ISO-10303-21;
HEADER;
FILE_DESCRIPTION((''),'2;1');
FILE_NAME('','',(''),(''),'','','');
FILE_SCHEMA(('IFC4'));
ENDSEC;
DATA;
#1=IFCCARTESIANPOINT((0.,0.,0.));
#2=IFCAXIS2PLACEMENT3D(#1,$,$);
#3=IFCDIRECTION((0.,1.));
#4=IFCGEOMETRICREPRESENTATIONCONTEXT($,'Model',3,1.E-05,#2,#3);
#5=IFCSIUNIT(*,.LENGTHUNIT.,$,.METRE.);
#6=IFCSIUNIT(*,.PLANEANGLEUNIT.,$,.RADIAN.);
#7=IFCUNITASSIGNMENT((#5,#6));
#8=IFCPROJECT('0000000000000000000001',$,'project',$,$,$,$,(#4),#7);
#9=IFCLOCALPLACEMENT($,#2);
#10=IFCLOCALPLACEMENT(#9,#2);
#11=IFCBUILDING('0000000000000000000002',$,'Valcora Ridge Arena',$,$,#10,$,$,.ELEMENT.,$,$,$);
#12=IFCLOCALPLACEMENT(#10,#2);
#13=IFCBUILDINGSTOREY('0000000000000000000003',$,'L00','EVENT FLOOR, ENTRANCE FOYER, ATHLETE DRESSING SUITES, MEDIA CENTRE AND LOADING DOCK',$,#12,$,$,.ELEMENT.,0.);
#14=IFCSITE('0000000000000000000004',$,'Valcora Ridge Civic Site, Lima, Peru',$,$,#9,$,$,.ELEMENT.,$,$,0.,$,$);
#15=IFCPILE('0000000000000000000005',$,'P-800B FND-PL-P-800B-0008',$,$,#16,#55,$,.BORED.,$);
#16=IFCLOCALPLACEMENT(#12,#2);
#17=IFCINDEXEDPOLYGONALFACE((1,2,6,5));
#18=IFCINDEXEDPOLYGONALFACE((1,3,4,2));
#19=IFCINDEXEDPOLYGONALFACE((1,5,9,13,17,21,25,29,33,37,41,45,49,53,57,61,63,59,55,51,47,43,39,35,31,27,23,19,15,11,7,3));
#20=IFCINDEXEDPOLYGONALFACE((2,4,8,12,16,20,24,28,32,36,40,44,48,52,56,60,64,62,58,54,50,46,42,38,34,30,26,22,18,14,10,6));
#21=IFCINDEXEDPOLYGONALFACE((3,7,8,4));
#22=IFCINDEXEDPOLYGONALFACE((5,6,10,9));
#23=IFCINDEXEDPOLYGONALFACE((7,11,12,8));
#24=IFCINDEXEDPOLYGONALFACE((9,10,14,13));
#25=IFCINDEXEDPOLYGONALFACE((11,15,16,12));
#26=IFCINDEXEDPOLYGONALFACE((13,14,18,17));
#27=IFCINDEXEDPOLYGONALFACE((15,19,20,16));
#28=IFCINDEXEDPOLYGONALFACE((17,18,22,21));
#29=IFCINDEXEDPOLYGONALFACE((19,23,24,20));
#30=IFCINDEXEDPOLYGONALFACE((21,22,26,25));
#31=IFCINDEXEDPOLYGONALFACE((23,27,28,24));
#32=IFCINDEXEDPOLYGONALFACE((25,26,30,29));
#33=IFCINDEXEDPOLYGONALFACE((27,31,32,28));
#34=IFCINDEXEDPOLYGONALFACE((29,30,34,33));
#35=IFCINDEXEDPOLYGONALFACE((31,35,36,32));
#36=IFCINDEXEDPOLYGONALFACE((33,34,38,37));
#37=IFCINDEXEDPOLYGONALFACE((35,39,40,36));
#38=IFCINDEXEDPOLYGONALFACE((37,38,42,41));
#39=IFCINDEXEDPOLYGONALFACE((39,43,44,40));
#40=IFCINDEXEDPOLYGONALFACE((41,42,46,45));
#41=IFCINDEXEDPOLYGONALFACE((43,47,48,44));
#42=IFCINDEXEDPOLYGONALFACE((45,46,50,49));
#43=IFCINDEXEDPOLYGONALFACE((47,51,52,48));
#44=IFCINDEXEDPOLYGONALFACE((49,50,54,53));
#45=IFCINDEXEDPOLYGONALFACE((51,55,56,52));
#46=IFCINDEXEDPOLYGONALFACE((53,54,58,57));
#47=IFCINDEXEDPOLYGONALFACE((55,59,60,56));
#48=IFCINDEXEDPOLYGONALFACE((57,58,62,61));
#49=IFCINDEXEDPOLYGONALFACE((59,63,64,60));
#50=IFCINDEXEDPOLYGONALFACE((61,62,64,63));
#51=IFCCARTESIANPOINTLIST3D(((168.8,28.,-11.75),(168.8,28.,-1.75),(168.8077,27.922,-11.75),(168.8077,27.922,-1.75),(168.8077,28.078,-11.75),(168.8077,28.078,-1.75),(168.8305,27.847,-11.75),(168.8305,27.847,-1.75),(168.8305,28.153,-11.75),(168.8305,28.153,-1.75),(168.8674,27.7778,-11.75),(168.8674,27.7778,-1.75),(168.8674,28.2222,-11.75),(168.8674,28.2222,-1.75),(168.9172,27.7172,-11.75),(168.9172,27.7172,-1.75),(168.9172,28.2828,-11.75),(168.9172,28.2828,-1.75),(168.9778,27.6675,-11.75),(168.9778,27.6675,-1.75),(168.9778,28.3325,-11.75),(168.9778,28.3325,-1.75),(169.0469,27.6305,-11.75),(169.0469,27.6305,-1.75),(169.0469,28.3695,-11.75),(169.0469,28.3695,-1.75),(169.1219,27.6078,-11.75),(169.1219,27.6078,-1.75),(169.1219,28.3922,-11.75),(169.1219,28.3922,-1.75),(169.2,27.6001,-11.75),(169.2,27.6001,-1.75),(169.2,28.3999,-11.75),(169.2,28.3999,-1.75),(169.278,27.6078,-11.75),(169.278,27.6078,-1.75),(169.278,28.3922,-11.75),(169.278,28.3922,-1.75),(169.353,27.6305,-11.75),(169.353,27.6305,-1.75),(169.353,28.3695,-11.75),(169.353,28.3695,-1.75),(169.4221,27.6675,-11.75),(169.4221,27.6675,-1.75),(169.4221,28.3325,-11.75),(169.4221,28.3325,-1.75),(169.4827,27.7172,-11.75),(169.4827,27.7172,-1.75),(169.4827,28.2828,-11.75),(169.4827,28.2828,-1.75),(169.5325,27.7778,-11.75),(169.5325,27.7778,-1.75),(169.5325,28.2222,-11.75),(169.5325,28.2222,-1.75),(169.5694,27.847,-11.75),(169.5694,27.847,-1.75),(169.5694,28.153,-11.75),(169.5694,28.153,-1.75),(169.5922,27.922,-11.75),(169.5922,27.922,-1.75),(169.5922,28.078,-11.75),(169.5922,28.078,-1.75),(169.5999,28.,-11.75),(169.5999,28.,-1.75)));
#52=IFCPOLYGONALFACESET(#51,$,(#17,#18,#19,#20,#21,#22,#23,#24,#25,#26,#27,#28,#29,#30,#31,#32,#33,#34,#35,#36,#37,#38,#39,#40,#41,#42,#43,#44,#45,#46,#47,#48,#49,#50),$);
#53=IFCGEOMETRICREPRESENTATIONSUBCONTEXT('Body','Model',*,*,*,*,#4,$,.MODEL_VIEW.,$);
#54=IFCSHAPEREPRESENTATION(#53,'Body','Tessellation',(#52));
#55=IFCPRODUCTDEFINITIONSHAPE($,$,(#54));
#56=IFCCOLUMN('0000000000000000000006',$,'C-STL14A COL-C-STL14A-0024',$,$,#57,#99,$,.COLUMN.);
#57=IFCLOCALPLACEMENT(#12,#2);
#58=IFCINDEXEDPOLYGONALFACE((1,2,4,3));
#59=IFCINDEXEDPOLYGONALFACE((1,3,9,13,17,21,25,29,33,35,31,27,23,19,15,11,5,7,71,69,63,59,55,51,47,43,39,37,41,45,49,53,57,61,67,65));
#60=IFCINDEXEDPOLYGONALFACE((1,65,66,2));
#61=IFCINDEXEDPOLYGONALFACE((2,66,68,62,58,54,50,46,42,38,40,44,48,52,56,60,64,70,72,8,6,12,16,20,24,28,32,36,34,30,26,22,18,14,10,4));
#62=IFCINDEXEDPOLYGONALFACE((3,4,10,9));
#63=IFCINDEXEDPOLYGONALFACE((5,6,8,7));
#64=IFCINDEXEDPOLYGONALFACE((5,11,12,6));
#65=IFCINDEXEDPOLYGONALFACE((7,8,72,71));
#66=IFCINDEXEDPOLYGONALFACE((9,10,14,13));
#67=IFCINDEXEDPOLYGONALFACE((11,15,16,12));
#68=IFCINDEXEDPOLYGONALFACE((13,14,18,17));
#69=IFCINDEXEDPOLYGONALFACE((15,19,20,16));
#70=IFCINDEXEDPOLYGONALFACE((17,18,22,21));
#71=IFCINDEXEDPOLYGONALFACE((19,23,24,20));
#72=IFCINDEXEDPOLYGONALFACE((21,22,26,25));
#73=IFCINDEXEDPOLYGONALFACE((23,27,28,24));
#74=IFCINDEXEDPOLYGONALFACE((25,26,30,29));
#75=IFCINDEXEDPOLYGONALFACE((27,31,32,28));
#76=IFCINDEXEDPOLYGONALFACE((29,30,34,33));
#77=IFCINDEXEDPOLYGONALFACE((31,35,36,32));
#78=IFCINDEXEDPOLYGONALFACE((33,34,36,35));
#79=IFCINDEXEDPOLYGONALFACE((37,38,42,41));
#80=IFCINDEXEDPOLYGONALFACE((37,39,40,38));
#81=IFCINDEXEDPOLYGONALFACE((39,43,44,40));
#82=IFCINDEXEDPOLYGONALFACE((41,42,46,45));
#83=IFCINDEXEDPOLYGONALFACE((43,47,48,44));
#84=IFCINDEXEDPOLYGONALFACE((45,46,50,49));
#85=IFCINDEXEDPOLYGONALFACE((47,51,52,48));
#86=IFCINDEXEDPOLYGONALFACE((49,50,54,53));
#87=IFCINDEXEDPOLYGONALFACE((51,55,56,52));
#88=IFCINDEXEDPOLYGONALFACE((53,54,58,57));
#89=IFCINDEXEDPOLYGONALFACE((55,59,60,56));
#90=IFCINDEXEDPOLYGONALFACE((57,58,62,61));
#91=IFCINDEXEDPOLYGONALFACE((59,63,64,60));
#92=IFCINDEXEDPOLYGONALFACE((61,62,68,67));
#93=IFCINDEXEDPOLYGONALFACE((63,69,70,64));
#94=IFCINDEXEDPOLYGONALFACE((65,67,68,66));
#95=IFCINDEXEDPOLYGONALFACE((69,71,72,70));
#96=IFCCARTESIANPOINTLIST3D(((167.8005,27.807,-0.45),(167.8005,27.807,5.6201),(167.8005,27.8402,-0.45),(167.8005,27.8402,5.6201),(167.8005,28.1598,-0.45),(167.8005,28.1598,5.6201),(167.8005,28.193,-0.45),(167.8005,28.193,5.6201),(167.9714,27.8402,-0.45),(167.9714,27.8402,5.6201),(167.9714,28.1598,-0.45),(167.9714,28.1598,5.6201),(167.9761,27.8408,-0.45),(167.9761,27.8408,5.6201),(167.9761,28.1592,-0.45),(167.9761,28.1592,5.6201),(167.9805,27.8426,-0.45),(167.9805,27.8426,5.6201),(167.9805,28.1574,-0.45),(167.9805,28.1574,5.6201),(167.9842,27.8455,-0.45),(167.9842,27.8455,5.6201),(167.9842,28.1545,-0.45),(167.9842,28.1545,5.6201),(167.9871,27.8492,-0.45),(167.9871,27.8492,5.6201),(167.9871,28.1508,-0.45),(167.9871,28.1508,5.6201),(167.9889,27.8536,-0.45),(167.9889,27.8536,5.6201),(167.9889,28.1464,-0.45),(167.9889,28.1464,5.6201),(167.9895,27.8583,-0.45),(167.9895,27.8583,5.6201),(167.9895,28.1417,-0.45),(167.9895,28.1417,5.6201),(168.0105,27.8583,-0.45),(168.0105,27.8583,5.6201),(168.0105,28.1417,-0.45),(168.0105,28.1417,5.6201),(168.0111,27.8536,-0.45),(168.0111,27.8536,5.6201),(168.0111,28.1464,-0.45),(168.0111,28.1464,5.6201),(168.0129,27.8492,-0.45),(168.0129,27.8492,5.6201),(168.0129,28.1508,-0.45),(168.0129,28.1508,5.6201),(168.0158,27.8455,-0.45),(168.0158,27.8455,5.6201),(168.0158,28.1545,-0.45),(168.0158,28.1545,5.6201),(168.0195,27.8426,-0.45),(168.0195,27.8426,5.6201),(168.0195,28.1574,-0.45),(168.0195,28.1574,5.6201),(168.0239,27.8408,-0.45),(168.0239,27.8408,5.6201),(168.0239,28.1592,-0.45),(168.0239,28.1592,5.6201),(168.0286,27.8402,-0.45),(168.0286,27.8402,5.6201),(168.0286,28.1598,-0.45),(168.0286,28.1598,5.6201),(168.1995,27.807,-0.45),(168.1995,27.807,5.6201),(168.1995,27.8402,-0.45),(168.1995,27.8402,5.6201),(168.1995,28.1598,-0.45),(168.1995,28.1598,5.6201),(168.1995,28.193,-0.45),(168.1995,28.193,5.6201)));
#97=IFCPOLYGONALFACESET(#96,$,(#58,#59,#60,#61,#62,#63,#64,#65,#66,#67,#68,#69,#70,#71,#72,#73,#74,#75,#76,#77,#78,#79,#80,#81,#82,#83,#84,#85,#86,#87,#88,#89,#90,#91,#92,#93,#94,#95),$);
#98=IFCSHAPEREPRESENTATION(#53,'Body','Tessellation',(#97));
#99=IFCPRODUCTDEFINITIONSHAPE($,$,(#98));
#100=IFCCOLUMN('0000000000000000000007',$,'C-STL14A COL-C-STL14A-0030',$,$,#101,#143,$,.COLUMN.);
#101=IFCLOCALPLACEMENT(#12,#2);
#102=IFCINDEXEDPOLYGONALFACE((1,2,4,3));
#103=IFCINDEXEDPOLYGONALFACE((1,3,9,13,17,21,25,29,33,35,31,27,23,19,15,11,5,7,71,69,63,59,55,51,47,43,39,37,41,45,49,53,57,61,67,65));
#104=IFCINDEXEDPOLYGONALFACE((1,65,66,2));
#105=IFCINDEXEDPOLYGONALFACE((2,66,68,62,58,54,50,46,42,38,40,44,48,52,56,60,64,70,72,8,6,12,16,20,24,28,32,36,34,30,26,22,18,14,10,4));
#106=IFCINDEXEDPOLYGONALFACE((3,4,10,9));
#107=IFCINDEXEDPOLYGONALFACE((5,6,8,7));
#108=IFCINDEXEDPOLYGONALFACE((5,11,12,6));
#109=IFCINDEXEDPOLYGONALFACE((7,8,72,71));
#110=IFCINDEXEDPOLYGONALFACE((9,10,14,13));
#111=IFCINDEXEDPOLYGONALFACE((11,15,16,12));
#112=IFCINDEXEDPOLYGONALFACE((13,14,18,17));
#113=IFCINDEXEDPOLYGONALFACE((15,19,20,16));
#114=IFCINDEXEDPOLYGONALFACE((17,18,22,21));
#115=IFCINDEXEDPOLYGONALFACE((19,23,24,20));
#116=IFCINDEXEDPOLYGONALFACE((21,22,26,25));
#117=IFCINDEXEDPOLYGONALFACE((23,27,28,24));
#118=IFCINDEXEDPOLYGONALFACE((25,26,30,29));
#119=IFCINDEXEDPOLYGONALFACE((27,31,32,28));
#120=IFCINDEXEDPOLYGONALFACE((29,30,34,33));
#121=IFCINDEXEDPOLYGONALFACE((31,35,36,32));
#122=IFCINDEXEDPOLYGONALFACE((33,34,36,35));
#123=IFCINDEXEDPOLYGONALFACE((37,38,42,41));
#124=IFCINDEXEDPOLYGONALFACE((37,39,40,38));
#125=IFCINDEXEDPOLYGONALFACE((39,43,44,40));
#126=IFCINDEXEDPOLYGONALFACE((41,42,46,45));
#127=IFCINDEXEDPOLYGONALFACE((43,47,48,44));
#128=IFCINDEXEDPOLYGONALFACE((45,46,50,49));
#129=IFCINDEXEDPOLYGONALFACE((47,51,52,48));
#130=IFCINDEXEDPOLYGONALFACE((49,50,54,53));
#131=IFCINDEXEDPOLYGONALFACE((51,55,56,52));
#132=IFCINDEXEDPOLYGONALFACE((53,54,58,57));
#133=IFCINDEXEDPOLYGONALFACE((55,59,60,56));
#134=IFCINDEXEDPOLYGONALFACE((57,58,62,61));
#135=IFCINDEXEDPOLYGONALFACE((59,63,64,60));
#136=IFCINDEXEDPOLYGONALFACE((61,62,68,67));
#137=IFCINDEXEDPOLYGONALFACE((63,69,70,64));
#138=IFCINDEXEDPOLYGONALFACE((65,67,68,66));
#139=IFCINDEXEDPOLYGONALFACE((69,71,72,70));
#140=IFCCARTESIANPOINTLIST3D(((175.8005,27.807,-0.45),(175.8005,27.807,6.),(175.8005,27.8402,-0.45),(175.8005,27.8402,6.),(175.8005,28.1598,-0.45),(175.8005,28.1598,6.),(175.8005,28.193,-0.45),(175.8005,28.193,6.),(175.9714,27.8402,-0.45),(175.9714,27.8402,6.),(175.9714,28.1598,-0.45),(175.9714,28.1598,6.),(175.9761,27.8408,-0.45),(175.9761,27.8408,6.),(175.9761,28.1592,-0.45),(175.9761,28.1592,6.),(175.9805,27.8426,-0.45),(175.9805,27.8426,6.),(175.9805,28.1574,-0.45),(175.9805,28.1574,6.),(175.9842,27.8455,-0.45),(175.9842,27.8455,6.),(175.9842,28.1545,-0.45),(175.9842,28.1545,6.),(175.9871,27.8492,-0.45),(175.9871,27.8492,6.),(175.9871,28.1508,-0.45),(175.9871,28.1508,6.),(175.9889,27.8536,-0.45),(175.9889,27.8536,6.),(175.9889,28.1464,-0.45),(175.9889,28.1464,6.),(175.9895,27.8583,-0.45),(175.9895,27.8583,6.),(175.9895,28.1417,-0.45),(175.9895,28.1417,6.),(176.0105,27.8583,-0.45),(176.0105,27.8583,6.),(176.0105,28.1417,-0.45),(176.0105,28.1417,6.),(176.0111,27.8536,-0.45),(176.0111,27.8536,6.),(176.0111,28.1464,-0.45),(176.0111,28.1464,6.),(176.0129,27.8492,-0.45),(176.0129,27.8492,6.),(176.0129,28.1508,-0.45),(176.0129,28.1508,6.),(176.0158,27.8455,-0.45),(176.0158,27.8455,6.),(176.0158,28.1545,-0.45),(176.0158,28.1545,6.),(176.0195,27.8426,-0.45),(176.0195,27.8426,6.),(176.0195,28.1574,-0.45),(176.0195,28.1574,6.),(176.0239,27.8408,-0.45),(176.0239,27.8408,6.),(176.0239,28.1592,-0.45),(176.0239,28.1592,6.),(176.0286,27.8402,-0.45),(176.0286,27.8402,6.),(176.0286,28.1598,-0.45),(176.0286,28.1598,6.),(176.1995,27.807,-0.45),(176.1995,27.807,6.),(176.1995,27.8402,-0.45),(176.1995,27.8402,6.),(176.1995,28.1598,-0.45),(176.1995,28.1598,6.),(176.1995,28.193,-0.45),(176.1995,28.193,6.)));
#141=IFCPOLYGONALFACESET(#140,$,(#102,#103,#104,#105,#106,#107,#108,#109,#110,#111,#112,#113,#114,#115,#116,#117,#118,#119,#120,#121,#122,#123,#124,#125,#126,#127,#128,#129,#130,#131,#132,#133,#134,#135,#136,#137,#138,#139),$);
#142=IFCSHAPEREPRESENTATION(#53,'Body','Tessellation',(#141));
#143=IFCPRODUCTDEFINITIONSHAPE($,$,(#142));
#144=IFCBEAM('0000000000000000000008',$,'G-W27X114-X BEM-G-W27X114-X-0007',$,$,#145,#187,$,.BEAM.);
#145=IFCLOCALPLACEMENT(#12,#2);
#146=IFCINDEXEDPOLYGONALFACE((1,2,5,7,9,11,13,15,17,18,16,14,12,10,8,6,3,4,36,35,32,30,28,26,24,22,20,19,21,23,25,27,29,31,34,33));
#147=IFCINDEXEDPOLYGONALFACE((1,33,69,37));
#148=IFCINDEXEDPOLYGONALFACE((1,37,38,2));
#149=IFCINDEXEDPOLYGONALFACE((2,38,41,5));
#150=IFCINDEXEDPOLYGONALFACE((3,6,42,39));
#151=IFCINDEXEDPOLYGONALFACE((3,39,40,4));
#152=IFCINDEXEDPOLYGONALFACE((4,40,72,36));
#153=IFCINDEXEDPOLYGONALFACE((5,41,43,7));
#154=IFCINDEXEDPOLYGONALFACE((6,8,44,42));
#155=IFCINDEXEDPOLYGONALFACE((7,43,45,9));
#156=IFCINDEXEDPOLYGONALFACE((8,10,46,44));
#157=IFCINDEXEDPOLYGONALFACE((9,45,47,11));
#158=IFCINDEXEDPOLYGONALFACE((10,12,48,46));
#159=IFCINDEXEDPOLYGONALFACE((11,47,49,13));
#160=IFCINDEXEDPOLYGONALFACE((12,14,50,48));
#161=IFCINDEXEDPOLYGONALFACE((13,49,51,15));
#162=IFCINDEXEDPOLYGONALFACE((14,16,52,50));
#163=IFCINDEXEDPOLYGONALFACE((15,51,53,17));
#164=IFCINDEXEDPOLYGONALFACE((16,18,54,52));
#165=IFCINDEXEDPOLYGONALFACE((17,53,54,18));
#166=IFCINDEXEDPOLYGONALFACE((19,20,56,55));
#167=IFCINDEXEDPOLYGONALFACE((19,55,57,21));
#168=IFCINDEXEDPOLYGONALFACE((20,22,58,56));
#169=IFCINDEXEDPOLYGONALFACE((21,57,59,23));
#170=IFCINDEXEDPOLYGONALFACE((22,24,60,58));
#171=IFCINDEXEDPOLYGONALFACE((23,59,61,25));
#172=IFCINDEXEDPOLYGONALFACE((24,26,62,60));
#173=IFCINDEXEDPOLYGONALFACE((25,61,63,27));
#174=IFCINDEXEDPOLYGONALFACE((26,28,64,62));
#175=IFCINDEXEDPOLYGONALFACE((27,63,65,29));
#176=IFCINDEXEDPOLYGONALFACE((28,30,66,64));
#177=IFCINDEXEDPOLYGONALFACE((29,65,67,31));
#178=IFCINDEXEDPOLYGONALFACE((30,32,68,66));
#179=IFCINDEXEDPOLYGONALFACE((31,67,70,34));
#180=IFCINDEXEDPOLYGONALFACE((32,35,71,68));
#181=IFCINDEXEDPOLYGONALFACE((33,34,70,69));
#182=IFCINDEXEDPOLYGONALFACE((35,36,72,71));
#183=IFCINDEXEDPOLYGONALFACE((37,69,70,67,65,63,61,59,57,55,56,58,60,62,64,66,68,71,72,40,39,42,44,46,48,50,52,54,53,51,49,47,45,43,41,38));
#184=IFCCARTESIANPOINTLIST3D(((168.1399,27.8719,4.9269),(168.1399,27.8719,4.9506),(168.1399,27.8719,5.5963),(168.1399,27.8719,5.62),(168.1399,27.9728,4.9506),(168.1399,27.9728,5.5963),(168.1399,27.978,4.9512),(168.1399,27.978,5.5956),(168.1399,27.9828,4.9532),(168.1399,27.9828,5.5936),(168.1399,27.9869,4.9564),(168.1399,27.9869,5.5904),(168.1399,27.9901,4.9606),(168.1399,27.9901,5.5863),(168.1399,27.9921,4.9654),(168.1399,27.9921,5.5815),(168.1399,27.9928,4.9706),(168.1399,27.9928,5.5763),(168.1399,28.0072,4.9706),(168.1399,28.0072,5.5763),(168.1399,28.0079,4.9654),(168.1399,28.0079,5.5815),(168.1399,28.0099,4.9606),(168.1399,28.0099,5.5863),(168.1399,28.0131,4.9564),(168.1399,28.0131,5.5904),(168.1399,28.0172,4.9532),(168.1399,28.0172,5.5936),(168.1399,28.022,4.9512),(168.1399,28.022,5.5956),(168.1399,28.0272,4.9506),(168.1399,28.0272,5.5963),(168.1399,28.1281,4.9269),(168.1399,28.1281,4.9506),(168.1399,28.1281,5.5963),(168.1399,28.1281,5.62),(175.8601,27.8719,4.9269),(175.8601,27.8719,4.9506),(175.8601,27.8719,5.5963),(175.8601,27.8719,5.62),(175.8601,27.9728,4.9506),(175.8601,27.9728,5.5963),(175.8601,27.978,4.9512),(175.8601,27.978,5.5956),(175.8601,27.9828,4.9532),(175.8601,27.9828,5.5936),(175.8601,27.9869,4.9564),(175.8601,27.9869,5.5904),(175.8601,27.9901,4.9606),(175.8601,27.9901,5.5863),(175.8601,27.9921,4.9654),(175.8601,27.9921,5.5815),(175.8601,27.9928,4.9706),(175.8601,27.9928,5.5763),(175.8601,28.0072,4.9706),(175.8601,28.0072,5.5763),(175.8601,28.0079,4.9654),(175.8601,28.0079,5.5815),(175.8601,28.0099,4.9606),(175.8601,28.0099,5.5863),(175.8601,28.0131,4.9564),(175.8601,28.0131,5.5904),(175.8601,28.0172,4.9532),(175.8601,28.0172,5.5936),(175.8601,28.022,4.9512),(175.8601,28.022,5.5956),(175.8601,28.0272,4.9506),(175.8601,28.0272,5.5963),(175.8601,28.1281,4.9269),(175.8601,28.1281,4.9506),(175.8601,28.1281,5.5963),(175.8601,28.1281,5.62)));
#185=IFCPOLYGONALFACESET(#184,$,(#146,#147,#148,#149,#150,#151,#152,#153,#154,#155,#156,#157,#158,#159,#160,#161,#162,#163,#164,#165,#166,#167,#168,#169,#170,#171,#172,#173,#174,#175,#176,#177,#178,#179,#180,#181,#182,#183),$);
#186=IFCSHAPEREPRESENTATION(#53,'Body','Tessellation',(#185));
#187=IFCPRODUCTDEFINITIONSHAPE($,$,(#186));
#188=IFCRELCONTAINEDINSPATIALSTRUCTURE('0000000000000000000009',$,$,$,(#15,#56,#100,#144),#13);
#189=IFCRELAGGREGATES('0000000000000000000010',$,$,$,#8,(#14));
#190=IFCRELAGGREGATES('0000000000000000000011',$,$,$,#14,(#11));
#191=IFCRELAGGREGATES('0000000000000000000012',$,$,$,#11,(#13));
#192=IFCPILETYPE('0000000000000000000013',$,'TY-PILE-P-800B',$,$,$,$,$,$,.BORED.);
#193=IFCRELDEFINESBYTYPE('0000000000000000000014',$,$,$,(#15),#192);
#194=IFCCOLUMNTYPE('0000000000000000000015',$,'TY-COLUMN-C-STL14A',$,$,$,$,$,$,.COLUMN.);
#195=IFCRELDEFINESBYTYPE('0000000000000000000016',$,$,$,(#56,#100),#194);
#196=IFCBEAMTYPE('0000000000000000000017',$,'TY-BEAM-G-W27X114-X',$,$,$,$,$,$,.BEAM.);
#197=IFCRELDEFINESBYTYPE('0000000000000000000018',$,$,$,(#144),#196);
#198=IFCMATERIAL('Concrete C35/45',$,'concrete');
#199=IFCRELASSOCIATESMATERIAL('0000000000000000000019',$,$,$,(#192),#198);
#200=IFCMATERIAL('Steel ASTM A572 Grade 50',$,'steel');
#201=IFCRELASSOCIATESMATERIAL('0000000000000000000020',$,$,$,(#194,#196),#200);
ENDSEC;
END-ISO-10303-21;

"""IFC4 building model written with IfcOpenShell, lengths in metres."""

from ifc_helpers import new_model, si_unit, direction, frame, origin, origin_2d, place, context, subcontext, project, spatial, circle, i_section, extrude, material, material_profile, profile_set, type_object, element, save


model = new_model("IFC4")

# Units and contexts
model_context = context("Model", 3, precision=1e-05, world=origin(), true_north=direction((0.0, 1.0)))
body_context = subcontext(model_context, "Body", "Model", "MODEL_VIEW")
ifc_project = project(units=[si_unit("LENGTHUNIT", "METRE"), si_unit("PLANEANGLEUNIT", "RADIAN")], contexts=[model_context])

# Site, building, storey
site_placement = place(None, origin())
site = spatial("IfcSite", under=ifc_project, at=site_placement, Name="Valcora Ridge Civic Site, Lima, Peru", CompositionType="ELEMENT", RefElevation=0.0)
building_placement = place(site_placement, origin())
building = spatial("IfcBuilding", under=site, at=building_placement, Name="Valcora Ridge Arena", CompositionType="ELEMENT")
storey_placement = place(building_placement, origin())
storey = spatial("IfcBuildingStorey", under=building, at=storey_placement, Name="L00", Description="EVENT FLOOR, ENTRANCE FOYER, ATHLETE DRESSING SUITES, MEDIA CENTRE AND LOADING DOCK", CompositionType="ELEMENT", Elevation=0.0)

# Pile
ifc_material_1 = material(Name="Concrete C35/45", Category="concrete")
ifc_material_profile_1 = material_profile(ifc_material_1, circle(Radius=0.3999, at=origin_2d()), Name="BORED PILE D800")
ifc_profile_set_1 = profile_set([ifc_material_profile_1], Name="Concrete C35/45")
pile_type_1 = type_object("IfcPileType", Name="TY-PILE-P-800B", PredefinedType="BORED", material=ifc_profile_set_1)
for number, where, z_axis, x_axis, name in (
    (1, (169.2, 28.0, -1.75), (0.0, 0.0, -1.0), (1.0, 0.0, 0.0), "P-800B FND-PL-P-800B-0008"),
):
    element("IfcPile", number, at=place(storey_placement, frame(where, z_axis=z_axis, x_axis=x_axis)), inside=storey, type_object=pile_type_1, Name=name, PredefinedType="BORED", context=body_context, shape_type="SweptSolid", body=[
        extrude(circle(Radius=0.3999, at=origin_2d()), origin(), (0.0, 0.0, 1.0), 10.0),
    ])

# Columns
ifc_material_2 = material(Name="Steel ASTM A572 Grade 50", Category="steel")
ifc_material_profile_2 = material_profile(ifc_material_2, i_section(OverallWidth=0.3989, OverallDepth=0.386, WebThickness=0.021, FlangeThickness=0.0332, FilletRadius=0.0181, at=origin_2d()), Name="W14X176")
ifc_profile_set_2 = profile_set([ifc_material_profile_2], Name="Steel ASTM A572 Grade 50")
column_type = type_object("IfcColumnType", Name="TY-COLUMN-C-STL14A", PredefinedType="COLUMN", material=ifc_profile_set_2)
column_1_placement = place(storey_placement, frame((168.0, 28.0, -0.45), z_axis=(0.0, 0.0, 1.0), x_axis=(1.0, 0.0, 0.0)))
element("IfcColumn", 2, at=column_1_placement, inside=storey, type_object=column_type, Name="C-STL14A COL-C-STL14A-0024", PredefinedType="COLUMN", context=body_context, shape_type="SweptSolid", body=[
    extrude(i_section(OverallWidth=0.3989, OverallDepth=0.386, WebThickness=0.021, FlangeThickness=0.0332, FilletRadius=0.0181, at=origin_2d()), origin(), (0.0, 0.0, 1.0), 6.0701),
])
column_2_placement = place(storey_placement, frame((176.0, 28.0, -0.45), z_axis=(0.0, 0.0, 1.0), x_axis=(1.0, 0.0, 0.0)))
element("IfcColumn", 3, at=column_2_placement, inside=storey, type_object=column_type, Name="C-STL14A COL-C-STL14A-0030", PredefinedType="COLUMN", context=body_context, shape_type="SweptSolid", body=[
    extrude(i_section(OverallWidth=0.3989, OverallDepth=0.386, WebThickness=0.021, FlangeThickness=0.0332, FilletRadius=0.0181, at=origin_2d()), origin(), (0.0, 0.0, 1.0), 6.45),
])

# Beam
ifc_material_profile_3 = material_profile(ifc_material_2, i_section(OverallWidth=0.2561, OverallDepth=0.6931, WebThickness=0.0144, FlangeThickness=0.0237, FilletRadius=0.02, at=origin_2d()), Name="W27X114")
ifc_profile_set_3 = profile_set([ifc_material_profile_3], Name="Steel ASTM A572 Grade 50")
beam_type_1 = type_object("IfcBeamType", Name="TY-BEAM-G-W27X114-X", PredefinedType="BEAM", material=ifc_profile_set_3)
beam_placement = place(storey_placement, frame((168.1399, 28.0, 5.2734), z_axis=(1.0, 0.0, 0.0), x_axis=(0.0, 1.0, 0.0)))
element("IfcBeam", 4, at=beam_placement, inside=storey, type_object=beam_type_1, Name="G-W27X114-X BEM-G-W27X114-X-0007", PredefinedType="BEAM", context=body_context, shape_type="SweptSolid", body=[
    extrude(i_section(OverallWidth=0.2561, OverallDepth=0.6931, WebThickness=0.0144, FlangeThickness=0.0237, FilletRadius=0.02, at=origin_2d()), origin(), (0.0, 0.0, 1.0), 7.7202),
])

save(model, "model.ifc")
